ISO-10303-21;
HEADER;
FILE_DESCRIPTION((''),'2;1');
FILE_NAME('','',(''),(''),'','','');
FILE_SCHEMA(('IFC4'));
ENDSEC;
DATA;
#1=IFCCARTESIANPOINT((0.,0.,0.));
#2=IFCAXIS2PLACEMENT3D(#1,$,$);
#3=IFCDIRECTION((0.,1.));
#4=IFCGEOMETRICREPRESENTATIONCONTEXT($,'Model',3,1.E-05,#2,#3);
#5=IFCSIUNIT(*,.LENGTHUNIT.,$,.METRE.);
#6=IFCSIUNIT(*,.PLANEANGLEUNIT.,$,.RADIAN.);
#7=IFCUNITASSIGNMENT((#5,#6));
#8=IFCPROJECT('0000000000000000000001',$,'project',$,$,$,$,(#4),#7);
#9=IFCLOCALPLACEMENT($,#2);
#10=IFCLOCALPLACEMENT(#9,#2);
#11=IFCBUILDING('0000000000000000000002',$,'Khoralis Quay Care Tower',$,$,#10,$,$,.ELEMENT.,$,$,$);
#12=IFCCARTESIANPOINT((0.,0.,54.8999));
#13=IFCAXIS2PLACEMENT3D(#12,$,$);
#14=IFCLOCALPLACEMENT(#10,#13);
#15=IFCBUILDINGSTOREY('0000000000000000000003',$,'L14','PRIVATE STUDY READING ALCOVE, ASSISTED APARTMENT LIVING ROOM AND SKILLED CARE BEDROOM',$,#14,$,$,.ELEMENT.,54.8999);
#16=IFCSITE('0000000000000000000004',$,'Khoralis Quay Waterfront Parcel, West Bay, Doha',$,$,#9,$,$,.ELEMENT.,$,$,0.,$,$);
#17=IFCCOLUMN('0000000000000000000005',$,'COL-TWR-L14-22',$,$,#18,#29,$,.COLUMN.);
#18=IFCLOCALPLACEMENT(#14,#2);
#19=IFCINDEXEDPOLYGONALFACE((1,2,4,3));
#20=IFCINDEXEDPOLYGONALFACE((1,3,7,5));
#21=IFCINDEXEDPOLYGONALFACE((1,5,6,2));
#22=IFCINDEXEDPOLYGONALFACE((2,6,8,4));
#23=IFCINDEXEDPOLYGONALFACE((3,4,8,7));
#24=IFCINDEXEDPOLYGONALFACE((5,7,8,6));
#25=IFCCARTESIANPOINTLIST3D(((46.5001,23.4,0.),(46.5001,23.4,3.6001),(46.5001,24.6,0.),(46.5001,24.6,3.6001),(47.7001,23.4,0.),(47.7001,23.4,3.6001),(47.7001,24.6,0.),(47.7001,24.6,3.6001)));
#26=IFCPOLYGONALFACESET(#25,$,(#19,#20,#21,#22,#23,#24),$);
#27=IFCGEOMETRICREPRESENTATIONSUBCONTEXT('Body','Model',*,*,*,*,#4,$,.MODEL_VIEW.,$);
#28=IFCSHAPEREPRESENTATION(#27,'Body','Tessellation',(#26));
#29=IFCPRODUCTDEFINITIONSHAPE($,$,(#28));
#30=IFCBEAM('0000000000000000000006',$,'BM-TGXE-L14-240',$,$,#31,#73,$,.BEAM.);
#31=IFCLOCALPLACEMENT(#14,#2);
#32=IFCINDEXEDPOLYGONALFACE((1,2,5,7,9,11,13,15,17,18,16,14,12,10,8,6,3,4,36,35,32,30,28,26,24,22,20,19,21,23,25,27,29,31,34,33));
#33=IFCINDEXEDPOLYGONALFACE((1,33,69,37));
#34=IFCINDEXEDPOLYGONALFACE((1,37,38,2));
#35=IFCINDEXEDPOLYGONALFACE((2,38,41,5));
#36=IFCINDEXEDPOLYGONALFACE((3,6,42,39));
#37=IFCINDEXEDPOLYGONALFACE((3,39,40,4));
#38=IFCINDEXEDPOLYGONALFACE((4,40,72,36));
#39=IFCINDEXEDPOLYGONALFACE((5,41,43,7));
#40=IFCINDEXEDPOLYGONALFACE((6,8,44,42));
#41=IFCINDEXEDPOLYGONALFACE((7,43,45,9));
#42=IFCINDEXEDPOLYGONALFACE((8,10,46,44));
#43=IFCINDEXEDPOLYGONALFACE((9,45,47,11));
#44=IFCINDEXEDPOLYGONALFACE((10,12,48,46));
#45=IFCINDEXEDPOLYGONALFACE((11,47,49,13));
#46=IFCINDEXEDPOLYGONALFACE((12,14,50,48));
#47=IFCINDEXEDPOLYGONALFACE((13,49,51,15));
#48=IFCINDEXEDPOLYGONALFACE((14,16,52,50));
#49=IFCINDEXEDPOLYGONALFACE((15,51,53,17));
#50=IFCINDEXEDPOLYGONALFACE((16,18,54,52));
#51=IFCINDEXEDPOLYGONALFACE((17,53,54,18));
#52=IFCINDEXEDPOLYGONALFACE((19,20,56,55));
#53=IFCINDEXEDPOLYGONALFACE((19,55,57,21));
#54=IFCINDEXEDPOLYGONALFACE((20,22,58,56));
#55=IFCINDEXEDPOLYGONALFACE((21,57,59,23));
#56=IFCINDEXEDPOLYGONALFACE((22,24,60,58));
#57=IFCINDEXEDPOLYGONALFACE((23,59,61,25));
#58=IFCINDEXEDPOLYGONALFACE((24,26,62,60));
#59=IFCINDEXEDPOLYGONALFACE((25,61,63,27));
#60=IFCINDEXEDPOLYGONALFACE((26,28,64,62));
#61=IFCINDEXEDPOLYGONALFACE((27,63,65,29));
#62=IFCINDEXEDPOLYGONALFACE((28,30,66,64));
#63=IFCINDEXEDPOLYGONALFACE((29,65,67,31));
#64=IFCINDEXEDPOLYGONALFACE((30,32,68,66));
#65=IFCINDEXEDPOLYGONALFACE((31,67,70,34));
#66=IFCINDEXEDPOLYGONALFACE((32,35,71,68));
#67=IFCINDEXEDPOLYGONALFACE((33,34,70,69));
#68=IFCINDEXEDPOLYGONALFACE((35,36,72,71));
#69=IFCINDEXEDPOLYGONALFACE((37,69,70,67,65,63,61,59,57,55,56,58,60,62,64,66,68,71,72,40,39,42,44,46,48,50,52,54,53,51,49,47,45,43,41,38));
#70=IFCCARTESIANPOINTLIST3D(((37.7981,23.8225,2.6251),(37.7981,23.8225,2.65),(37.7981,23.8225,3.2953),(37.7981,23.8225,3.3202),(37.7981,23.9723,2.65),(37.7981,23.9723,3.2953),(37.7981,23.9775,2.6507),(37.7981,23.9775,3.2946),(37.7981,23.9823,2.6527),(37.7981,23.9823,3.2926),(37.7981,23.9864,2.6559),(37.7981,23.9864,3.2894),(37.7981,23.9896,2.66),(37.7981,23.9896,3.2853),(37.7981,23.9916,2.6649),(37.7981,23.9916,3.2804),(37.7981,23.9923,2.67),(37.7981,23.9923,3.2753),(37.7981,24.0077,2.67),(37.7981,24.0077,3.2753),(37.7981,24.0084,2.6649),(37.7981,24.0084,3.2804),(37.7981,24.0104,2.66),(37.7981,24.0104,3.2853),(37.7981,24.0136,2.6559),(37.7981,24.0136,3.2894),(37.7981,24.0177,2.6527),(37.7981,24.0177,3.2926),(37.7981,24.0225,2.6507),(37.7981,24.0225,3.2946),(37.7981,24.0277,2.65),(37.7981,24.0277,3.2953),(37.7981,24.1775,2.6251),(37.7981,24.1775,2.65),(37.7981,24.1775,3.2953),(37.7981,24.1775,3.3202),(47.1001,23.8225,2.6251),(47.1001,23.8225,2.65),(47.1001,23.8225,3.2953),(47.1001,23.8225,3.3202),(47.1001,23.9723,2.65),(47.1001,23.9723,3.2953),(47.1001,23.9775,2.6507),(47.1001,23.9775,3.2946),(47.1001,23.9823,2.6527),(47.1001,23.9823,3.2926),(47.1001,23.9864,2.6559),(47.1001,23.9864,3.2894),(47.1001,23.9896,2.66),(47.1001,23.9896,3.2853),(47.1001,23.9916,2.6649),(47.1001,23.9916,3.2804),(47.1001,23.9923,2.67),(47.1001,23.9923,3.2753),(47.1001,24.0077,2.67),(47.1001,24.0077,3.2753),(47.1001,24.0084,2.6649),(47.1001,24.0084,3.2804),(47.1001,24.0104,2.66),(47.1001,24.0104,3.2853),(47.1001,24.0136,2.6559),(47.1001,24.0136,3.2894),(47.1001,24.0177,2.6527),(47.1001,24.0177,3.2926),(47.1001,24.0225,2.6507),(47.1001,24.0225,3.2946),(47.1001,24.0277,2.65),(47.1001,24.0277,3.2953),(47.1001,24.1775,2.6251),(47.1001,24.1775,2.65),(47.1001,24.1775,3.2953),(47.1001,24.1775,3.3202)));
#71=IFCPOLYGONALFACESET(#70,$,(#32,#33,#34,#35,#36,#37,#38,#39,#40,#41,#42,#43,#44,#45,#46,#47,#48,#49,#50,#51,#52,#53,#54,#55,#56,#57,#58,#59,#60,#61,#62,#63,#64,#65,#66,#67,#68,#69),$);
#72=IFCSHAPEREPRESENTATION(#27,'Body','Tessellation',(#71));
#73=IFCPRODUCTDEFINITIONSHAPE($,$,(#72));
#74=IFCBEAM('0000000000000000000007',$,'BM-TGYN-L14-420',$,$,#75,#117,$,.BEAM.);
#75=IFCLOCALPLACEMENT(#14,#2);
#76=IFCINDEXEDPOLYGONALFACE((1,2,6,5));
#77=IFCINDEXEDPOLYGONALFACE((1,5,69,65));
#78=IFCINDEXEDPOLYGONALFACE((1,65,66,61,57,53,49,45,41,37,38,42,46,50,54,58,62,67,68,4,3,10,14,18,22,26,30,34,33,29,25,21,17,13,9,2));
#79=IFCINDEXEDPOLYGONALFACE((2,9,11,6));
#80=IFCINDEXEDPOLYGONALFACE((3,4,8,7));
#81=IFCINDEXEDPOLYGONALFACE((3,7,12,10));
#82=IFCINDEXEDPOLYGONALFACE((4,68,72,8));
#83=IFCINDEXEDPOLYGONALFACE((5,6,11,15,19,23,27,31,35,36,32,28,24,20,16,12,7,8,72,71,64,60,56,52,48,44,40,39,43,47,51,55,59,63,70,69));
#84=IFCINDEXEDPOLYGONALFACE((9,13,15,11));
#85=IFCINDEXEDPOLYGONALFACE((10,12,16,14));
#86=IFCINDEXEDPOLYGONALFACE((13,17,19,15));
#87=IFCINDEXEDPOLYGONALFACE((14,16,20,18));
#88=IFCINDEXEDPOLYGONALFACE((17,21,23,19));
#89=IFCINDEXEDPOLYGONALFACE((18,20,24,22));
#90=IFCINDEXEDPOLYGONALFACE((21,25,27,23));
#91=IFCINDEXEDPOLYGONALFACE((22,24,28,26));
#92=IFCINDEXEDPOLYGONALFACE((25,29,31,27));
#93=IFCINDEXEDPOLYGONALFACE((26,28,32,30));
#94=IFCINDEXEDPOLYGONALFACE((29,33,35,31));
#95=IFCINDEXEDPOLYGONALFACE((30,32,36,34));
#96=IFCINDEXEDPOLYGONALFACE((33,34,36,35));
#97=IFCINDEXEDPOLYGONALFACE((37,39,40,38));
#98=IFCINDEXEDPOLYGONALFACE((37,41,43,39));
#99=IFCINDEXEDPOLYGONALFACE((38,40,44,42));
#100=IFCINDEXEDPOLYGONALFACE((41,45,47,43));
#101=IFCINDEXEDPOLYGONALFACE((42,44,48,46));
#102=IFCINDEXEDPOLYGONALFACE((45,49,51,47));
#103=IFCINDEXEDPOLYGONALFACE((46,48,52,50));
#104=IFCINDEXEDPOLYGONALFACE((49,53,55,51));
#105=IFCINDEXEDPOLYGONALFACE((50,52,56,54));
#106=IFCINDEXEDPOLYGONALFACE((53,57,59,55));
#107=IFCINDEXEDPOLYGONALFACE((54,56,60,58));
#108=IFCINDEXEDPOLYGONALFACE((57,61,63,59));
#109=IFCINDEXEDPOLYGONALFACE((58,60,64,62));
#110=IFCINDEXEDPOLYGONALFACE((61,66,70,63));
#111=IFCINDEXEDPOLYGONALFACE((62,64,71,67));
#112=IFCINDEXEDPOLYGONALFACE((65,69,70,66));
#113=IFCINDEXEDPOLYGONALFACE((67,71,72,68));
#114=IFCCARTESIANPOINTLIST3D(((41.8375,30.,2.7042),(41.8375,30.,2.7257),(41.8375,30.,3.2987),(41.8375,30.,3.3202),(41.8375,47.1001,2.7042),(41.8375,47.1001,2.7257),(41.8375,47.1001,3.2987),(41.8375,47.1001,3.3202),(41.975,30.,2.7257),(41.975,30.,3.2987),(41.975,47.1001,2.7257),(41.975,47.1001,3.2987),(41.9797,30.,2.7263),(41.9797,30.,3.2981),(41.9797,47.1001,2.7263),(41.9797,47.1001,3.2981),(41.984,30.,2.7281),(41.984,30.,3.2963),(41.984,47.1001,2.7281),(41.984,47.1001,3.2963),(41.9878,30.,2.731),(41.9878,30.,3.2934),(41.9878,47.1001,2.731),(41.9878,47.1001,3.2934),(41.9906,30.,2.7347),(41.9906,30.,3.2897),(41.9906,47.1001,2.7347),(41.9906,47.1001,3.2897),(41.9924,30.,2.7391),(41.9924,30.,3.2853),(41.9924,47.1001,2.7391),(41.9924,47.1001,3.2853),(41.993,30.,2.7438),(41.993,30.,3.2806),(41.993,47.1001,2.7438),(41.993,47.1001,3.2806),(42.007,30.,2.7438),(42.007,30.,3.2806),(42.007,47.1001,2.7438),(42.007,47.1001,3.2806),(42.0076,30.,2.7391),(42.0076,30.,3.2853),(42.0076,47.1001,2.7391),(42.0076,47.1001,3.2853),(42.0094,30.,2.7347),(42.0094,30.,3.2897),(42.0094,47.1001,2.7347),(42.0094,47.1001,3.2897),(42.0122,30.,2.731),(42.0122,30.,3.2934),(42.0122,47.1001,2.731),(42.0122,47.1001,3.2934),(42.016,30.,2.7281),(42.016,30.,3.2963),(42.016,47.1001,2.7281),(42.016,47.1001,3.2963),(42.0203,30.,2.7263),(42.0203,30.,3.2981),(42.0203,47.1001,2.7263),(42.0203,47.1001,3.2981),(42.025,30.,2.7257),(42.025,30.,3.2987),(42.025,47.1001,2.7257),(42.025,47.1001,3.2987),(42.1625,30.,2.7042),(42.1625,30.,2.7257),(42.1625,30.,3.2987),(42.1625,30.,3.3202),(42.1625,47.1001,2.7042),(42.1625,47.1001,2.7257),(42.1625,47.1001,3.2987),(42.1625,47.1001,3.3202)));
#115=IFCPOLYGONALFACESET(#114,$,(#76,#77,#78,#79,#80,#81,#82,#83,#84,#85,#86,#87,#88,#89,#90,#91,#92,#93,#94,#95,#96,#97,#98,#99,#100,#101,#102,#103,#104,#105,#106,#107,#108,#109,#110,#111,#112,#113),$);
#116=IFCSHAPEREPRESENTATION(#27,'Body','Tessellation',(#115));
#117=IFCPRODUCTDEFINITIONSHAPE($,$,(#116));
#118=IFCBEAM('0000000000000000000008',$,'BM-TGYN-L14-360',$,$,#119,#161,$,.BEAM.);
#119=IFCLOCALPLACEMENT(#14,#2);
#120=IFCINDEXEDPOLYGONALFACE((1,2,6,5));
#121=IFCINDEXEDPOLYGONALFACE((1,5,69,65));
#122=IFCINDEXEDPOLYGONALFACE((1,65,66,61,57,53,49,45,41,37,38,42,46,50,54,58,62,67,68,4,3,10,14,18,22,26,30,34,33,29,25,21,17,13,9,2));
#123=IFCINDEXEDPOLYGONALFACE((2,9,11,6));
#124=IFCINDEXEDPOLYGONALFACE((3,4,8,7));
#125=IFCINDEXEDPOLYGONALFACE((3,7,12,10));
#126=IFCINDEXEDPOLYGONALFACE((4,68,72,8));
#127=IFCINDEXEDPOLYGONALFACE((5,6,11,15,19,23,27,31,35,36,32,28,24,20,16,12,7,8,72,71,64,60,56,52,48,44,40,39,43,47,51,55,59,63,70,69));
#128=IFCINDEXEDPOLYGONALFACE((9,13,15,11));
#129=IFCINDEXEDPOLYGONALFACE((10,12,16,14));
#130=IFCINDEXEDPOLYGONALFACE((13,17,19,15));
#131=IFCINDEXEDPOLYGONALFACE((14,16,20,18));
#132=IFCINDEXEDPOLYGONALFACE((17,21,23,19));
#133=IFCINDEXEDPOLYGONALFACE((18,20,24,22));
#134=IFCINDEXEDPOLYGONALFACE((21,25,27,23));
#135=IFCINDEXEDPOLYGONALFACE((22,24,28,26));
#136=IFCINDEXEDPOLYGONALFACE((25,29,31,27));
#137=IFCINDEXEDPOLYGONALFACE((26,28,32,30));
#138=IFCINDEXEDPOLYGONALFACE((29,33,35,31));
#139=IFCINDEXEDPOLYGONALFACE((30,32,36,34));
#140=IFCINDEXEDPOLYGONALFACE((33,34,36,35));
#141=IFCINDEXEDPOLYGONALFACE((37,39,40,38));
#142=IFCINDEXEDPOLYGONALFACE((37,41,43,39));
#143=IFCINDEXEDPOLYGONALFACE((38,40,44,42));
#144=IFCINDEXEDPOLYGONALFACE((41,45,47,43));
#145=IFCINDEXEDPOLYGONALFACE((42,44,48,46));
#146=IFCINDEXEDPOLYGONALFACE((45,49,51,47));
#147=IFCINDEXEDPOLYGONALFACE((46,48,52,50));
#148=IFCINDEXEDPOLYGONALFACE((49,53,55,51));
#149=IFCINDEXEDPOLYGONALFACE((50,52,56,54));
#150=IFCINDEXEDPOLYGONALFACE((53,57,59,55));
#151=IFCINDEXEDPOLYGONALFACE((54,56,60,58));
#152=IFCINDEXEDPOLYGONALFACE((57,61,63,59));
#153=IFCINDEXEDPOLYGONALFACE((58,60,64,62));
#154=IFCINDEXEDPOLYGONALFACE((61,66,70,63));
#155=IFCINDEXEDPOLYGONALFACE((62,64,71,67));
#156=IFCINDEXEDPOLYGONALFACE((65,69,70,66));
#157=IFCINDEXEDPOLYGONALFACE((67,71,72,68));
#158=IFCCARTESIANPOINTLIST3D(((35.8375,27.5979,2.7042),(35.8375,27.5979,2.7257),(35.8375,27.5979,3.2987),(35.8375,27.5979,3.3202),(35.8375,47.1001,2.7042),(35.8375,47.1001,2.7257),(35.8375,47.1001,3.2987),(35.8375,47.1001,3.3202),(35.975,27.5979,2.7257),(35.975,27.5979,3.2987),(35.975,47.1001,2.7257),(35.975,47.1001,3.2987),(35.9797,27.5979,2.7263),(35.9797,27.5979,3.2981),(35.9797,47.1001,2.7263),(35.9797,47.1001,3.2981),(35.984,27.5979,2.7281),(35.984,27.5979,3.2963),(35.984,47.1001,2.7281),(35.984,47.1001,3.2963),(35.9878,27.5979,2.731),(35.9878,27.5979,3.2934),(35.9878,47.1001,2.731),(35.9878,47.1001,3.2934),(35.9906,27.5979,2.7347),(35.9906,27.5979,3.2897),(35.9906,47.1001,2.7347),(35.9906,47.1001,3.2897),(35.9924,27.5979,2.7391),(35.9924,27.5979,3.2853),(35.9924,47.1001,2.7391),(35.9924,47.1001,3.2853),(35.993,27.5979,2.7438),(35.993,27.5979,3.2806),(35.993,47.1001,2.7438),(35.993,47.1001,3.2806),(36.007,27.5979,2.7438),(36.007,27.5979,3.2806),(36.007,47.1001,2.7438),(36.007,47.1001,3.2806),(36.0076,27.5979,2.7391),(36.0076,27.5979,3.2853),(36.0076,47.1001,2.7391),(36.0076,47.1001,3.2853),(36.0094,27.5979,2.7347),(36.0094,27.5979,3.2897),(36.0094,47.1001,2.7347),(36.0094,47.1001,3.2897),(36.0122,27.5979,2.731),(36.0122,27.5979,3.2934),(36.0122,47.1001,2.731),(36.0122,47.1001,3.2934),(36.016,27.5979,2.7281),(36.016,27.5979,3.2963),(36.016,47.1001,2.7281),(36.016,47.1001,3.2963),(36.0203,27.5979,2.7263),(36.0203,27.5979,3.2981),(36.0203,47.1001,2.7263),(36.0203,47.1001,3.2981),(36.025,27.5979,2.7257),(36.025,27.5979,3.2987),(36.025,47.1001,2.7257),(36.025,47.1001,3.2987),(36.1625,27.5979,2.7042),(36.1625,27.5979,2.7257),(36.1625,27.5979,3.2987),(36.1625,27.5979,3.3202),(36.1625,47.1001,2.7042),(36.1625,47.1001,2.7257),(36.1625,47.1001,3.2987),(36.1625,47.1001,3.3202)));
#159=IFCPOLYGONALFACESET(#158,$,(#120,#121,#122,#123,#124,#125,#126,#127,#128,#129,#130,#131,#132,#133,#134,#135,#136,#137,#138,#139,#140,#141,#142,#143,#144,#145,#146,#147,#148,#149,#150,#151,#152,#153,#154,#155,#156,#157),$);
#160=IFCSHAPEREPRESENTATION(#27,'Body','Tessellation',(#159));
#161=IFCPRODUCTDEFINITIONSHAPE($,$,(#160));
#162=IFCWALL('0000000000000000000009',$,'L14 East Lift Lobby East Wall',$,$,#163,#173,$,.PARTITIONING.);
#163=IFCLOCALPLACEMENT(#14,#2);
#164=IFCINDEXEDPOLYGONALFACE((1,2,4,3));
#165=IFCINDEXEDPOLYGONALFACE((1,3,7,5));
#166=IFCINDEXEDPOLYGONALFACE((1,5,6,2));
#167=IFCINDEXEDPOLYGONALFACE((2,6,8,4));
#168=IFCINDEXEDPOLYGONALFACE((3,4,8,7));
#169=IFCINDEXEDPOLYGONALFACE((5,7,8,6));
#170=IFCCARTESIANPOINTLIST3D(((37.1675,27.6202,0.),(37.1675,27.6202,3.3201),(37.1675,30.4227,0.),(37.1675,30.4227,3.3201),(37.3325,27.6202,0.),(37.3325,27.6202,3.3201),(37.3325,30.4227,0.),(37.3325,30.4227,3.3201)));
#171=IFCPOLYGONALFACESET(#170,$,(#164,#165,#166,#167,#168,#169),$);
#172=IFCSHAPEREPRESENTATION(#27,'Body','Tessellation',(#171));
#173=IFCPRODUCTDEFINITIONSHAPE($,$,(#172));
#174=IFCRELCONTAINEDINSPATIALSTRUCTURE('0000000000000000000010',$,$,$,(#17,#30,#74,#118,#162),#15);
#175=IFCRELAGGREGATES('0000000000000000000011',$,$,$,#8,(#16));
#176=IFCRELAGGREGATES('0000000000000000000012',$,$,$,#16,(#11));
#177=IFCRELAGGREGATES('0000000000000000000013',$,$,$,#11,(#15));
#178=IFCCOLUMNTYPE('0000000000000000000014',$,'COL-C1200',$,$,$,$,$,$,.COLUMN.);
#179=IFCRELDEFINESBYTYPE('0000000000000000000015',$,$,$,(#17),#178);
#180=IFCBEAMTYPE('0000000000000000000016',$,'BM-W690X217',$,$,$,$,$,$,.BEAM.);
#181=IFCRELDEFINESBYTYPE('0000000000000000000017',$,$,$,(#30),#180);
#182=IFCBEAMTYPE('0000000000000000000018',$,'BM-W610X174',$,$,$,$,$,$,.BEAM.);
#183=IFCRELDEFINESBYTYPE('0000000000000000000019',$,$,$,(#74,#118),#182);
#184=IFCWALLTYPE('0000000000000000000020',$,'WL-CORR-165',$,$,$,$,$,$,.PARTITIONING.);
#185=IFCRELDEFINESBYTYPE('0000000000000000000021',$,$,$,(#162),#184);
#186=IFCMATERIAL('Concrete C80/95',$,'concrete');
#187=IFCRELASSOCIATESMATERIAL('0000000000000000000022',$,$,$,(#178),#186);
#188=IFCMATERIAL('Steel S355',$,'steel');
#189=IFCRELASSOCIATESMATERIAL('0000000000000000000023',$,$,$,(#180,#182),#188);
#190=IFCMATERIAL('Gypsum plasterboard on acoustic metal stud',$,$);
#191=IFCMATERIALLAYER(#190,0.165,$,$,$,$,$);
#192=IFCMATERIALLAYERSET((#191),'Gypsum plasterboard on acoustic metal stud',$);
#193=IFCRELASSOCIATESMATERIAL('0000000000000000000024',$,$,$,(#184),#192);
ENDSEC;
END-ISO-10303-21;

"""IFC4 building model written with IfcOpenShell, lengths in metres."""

from ifc_helpers import new_model, si_unit, direction, frame, frame_2d, origin, origin_2d, place, context, subcontext, project, spatial, rectangle, i_section, extrude, source, transform, mapped, material, layer, layer_set, material_profile, profile_set, type_object, element, save


model = new_model("IFC4")

# Units and contexts
model_context = context("Model", 3, precision=1e-05, world=origin(), true_north=direction((0.0, 1.0)))
body_context = subcontext(model_context, "Body", "Model", "MODEL_VIEW")
ifc_project = project(units=[si_unit("LENGTHUNIT", "METRE"), si_unit("PLANEANGLEUNIT", "RADIAN")], contexts=[model_context])

# Site, building, storey
site_placement = place(None, origin())
site = spatial("IfcSite", under=ifc_project, at=site_placement, Name="Khoralis Quay Waterfront Parcel, West Bay, Doha", CompositionType="ELEMENT", RefElevation=0.0)
building_placement = place(site_placement, origin())
building = spatial("IfcBuilding", under=site, at=building_placement, Name="Khoralis Quay Care Tower", CompositionType="ELEMENT")
storey_placement = place(building_placement, frame((0.0, 0.0, 54.8999)))
storey = spatial("IfcBuildingStorey", under=building, at=storey_placement, Name="L14", Description="PRIVATE STUDY READING ALCOVE, ASSISTED APARTMENT LIVING ROOM AND SKILLED CARE BEDROOM", CompositionType="ELEMENT", Elevation=54.8999)

# Column
ifc_material_1 = material(Name="Concrete C80/95", Category="concrete")
ifc_material_profile_1 = material_profile(ifc_material_1, rectangle(XDim=1.2, YDim=1.2, at=origin_2d()), Name="Concrete C80/95")
ifc_profile_set_1 = profile_set([ifc_material_profile_1], Name="Concrete C80/95")
column_type = type_object("IfcColumnType", Name="COL-C1200", PredefinedType="COLUMN", material=ifc_profile_set_1)
shared_shape_1 = source(origin(), body_context, "Body", "SweptSolid", [
    extrude(rectangle(XDim=1.2, YDim=1.2, at=origin_2d()), origin(), (0.0, 0.0, 1.0), 3.6001),
])
column_placement = place(storey_placement, frame((47.1001, 24.0, 0.0), z_axis=(0.0, 0.0, 1.0), x_axis=(1.0, 0.0, 0.0)))
element("IfcColumn", 1, at=column_placement, inside=storey, type_object=column_type, Name="COL-TWR-L14-22", PredefinedType="COLUMN", context=body_context, shape_type="MappedRepresentation", body=[
    mapped(shared_shape_1, transform((0.0, 0.0, 0.0), scale=1.0)),
])

# Beams
ifc_material_2 = material(Name="Steel S355", Category="steel")
ifc_material_profile_2 = material_profile(ifc_material_2, i_section(OverallWidth=0.355, OverallDepth=0.6951, WebThickness=0.0154, FlangeThickness=0.0249, FilletRadius=0.02, at=origin_2d()), Name="Steel S355")
ifc_profile_set_2 = profile_set([ifc_material_profile_2], Name="Steel S355")
beam_type_1 = type_object("IfcBeamType", Name="BM-W690X217", PredefinedType="BEAM", material=ifc_profile_set_2)
shared_shape_2 = source(origin(), body_context, "Body", "SweptSolid", [
    extrude(i_section(OverallWidth=0.355, OverallDepth=0.6951, WebThickness=0.0154, FlangeThickness=0.0249, FilletRadius=0.02, at=origin_2d()), origin(), (0.0, 0.0, 1.0), 9.302),
])
beam_1_placement = place(storey_placement, frame((37.7981, 24.0, 2.9727), z_axis=(1.0, 0.0, 0.0), x_axis=(0.0, 1.0, 0.0)))
element("IfcBeam", 2, at=beam_1_placement, inside=storey, type_object=beam_type_1, Name="BM-TGXE-L14-240", PredefinedType="BEAM", context=body_context, shape_type="MappedRepresentation", body=[
    mapped(shared_shape_2, transform((0.0, 0.0, 0.0), scale=1.0)),
])
ifc_material_profile_3 = material_profile(ifc_material_2, i_section(OverallWidth=0.325, OverallDepth=0.616, WebThickness=0.0139, FlangeThickness=0.0215, FilletRadius=0.0181, at=origin_2d()), Name="Steel S355")
ifc_profile_set_3 = profile_set([ifc_material_profile_3], Name="Steel S355")
beam_type_2 = type_object("IfcBeamType", Name="BM-W610X174", PredefinedType="BEAM", material=ifc_profile_set_3)
shared_shape_3 = source(origin(), body_context, "Body", "SweptSolid", [
    extrude(i_section(OverallWidth=0.325, OverallDepth=0.616, WebThickness=0.0139, FlangeThickness=0.0215, FilletRadius=0.0181, at=origin_2d()), origin(), (0.0, 0.0, 1.0), 17.1001),
])
beam_2_placement = place(storey_placement, frame((42.0, 30.0, 3.0122), z_axis=(0.0, 1.0, 0.0), x_axis=(-1.0, 0.0, 0.0)))
element("IfcBeam", 3, at=beam_2_placement, inside=storey, type_object=beam_type_2, Name="BM-TGYN-L14-420", PredefinedType="BEAM", context=body_context, shape_type="MappedRepresentation", body=[
    mapped(shared_shape_3, transform((0.0, 0.0, 0.0), scale=1.0)),
])
shared_shape_4 = source(origin(), body_context, "Body", "SweptSolid", [
    extrude(i_section(OverallWidth=0.325, OverallDepth=0.616, WebThickness=0.0139, FlangeThickness=0.0215, FilletRadius=0.0181, at=origin_2d()), origin(), (0.0, 0.0, 1.0), 19.5022),
])
beam_3_placement = place(storey_placement, frame((36.0, 27.5979, 3.0122), z_axis=(0.0, 1.0, 0.0), x_axis=(-1.0, 0.0, 0.0)))
element("IfcBeam", 4, at=beam_3_placement, inside=storey, type_object=beam_type_2, Name="BM-TGYN-L14-360", PredefinedType="BEAM", context=body_context, shape_type="MappedRepresentation", body=[
    mapped(shared_shape_4, transform((0.0, 0.0, 0.0), scale=1.0)),
])

# Wall
ifc_material_3 = material(Name="Gypsum plasterboard on acoustic metal stud")
ifc_layer_1 = layer(ifc_material_3, 0.165)
ifc_layer_set_1 = layer_set([ifc_layer_1], Name="Gypsum plasterboard on acoustic metal stud")
wall_type_1 = type_object("IfcWallType", Name="WL-CORR-165", PredefinedType="PARTITIONING", material=ifc_layer_set_1)
wall_1_placement = place(storey_placement, frame((37.25, 27.6201, 0.0), z_axis=(0.0, 0.0, 1.0), x_axis=(0.0, 1.0, 0.0)))
element("IfcWall", 5, at=wall_1_placement, inside=storey, type_object=wall_type_1, Name="L14 East Lift Lobby East Wall", PredefinedType="PARTITIONING", context=body_context, shape_type="SweptSolid", body=[
    extrude(rectangle(XDim=2.8025, YDim=0.165, at=frame_2d((1.4014, 0.0))), origin(), (0.0, 0.0, 1.0), 3.3201),
])

save(model, "model.ifc")
